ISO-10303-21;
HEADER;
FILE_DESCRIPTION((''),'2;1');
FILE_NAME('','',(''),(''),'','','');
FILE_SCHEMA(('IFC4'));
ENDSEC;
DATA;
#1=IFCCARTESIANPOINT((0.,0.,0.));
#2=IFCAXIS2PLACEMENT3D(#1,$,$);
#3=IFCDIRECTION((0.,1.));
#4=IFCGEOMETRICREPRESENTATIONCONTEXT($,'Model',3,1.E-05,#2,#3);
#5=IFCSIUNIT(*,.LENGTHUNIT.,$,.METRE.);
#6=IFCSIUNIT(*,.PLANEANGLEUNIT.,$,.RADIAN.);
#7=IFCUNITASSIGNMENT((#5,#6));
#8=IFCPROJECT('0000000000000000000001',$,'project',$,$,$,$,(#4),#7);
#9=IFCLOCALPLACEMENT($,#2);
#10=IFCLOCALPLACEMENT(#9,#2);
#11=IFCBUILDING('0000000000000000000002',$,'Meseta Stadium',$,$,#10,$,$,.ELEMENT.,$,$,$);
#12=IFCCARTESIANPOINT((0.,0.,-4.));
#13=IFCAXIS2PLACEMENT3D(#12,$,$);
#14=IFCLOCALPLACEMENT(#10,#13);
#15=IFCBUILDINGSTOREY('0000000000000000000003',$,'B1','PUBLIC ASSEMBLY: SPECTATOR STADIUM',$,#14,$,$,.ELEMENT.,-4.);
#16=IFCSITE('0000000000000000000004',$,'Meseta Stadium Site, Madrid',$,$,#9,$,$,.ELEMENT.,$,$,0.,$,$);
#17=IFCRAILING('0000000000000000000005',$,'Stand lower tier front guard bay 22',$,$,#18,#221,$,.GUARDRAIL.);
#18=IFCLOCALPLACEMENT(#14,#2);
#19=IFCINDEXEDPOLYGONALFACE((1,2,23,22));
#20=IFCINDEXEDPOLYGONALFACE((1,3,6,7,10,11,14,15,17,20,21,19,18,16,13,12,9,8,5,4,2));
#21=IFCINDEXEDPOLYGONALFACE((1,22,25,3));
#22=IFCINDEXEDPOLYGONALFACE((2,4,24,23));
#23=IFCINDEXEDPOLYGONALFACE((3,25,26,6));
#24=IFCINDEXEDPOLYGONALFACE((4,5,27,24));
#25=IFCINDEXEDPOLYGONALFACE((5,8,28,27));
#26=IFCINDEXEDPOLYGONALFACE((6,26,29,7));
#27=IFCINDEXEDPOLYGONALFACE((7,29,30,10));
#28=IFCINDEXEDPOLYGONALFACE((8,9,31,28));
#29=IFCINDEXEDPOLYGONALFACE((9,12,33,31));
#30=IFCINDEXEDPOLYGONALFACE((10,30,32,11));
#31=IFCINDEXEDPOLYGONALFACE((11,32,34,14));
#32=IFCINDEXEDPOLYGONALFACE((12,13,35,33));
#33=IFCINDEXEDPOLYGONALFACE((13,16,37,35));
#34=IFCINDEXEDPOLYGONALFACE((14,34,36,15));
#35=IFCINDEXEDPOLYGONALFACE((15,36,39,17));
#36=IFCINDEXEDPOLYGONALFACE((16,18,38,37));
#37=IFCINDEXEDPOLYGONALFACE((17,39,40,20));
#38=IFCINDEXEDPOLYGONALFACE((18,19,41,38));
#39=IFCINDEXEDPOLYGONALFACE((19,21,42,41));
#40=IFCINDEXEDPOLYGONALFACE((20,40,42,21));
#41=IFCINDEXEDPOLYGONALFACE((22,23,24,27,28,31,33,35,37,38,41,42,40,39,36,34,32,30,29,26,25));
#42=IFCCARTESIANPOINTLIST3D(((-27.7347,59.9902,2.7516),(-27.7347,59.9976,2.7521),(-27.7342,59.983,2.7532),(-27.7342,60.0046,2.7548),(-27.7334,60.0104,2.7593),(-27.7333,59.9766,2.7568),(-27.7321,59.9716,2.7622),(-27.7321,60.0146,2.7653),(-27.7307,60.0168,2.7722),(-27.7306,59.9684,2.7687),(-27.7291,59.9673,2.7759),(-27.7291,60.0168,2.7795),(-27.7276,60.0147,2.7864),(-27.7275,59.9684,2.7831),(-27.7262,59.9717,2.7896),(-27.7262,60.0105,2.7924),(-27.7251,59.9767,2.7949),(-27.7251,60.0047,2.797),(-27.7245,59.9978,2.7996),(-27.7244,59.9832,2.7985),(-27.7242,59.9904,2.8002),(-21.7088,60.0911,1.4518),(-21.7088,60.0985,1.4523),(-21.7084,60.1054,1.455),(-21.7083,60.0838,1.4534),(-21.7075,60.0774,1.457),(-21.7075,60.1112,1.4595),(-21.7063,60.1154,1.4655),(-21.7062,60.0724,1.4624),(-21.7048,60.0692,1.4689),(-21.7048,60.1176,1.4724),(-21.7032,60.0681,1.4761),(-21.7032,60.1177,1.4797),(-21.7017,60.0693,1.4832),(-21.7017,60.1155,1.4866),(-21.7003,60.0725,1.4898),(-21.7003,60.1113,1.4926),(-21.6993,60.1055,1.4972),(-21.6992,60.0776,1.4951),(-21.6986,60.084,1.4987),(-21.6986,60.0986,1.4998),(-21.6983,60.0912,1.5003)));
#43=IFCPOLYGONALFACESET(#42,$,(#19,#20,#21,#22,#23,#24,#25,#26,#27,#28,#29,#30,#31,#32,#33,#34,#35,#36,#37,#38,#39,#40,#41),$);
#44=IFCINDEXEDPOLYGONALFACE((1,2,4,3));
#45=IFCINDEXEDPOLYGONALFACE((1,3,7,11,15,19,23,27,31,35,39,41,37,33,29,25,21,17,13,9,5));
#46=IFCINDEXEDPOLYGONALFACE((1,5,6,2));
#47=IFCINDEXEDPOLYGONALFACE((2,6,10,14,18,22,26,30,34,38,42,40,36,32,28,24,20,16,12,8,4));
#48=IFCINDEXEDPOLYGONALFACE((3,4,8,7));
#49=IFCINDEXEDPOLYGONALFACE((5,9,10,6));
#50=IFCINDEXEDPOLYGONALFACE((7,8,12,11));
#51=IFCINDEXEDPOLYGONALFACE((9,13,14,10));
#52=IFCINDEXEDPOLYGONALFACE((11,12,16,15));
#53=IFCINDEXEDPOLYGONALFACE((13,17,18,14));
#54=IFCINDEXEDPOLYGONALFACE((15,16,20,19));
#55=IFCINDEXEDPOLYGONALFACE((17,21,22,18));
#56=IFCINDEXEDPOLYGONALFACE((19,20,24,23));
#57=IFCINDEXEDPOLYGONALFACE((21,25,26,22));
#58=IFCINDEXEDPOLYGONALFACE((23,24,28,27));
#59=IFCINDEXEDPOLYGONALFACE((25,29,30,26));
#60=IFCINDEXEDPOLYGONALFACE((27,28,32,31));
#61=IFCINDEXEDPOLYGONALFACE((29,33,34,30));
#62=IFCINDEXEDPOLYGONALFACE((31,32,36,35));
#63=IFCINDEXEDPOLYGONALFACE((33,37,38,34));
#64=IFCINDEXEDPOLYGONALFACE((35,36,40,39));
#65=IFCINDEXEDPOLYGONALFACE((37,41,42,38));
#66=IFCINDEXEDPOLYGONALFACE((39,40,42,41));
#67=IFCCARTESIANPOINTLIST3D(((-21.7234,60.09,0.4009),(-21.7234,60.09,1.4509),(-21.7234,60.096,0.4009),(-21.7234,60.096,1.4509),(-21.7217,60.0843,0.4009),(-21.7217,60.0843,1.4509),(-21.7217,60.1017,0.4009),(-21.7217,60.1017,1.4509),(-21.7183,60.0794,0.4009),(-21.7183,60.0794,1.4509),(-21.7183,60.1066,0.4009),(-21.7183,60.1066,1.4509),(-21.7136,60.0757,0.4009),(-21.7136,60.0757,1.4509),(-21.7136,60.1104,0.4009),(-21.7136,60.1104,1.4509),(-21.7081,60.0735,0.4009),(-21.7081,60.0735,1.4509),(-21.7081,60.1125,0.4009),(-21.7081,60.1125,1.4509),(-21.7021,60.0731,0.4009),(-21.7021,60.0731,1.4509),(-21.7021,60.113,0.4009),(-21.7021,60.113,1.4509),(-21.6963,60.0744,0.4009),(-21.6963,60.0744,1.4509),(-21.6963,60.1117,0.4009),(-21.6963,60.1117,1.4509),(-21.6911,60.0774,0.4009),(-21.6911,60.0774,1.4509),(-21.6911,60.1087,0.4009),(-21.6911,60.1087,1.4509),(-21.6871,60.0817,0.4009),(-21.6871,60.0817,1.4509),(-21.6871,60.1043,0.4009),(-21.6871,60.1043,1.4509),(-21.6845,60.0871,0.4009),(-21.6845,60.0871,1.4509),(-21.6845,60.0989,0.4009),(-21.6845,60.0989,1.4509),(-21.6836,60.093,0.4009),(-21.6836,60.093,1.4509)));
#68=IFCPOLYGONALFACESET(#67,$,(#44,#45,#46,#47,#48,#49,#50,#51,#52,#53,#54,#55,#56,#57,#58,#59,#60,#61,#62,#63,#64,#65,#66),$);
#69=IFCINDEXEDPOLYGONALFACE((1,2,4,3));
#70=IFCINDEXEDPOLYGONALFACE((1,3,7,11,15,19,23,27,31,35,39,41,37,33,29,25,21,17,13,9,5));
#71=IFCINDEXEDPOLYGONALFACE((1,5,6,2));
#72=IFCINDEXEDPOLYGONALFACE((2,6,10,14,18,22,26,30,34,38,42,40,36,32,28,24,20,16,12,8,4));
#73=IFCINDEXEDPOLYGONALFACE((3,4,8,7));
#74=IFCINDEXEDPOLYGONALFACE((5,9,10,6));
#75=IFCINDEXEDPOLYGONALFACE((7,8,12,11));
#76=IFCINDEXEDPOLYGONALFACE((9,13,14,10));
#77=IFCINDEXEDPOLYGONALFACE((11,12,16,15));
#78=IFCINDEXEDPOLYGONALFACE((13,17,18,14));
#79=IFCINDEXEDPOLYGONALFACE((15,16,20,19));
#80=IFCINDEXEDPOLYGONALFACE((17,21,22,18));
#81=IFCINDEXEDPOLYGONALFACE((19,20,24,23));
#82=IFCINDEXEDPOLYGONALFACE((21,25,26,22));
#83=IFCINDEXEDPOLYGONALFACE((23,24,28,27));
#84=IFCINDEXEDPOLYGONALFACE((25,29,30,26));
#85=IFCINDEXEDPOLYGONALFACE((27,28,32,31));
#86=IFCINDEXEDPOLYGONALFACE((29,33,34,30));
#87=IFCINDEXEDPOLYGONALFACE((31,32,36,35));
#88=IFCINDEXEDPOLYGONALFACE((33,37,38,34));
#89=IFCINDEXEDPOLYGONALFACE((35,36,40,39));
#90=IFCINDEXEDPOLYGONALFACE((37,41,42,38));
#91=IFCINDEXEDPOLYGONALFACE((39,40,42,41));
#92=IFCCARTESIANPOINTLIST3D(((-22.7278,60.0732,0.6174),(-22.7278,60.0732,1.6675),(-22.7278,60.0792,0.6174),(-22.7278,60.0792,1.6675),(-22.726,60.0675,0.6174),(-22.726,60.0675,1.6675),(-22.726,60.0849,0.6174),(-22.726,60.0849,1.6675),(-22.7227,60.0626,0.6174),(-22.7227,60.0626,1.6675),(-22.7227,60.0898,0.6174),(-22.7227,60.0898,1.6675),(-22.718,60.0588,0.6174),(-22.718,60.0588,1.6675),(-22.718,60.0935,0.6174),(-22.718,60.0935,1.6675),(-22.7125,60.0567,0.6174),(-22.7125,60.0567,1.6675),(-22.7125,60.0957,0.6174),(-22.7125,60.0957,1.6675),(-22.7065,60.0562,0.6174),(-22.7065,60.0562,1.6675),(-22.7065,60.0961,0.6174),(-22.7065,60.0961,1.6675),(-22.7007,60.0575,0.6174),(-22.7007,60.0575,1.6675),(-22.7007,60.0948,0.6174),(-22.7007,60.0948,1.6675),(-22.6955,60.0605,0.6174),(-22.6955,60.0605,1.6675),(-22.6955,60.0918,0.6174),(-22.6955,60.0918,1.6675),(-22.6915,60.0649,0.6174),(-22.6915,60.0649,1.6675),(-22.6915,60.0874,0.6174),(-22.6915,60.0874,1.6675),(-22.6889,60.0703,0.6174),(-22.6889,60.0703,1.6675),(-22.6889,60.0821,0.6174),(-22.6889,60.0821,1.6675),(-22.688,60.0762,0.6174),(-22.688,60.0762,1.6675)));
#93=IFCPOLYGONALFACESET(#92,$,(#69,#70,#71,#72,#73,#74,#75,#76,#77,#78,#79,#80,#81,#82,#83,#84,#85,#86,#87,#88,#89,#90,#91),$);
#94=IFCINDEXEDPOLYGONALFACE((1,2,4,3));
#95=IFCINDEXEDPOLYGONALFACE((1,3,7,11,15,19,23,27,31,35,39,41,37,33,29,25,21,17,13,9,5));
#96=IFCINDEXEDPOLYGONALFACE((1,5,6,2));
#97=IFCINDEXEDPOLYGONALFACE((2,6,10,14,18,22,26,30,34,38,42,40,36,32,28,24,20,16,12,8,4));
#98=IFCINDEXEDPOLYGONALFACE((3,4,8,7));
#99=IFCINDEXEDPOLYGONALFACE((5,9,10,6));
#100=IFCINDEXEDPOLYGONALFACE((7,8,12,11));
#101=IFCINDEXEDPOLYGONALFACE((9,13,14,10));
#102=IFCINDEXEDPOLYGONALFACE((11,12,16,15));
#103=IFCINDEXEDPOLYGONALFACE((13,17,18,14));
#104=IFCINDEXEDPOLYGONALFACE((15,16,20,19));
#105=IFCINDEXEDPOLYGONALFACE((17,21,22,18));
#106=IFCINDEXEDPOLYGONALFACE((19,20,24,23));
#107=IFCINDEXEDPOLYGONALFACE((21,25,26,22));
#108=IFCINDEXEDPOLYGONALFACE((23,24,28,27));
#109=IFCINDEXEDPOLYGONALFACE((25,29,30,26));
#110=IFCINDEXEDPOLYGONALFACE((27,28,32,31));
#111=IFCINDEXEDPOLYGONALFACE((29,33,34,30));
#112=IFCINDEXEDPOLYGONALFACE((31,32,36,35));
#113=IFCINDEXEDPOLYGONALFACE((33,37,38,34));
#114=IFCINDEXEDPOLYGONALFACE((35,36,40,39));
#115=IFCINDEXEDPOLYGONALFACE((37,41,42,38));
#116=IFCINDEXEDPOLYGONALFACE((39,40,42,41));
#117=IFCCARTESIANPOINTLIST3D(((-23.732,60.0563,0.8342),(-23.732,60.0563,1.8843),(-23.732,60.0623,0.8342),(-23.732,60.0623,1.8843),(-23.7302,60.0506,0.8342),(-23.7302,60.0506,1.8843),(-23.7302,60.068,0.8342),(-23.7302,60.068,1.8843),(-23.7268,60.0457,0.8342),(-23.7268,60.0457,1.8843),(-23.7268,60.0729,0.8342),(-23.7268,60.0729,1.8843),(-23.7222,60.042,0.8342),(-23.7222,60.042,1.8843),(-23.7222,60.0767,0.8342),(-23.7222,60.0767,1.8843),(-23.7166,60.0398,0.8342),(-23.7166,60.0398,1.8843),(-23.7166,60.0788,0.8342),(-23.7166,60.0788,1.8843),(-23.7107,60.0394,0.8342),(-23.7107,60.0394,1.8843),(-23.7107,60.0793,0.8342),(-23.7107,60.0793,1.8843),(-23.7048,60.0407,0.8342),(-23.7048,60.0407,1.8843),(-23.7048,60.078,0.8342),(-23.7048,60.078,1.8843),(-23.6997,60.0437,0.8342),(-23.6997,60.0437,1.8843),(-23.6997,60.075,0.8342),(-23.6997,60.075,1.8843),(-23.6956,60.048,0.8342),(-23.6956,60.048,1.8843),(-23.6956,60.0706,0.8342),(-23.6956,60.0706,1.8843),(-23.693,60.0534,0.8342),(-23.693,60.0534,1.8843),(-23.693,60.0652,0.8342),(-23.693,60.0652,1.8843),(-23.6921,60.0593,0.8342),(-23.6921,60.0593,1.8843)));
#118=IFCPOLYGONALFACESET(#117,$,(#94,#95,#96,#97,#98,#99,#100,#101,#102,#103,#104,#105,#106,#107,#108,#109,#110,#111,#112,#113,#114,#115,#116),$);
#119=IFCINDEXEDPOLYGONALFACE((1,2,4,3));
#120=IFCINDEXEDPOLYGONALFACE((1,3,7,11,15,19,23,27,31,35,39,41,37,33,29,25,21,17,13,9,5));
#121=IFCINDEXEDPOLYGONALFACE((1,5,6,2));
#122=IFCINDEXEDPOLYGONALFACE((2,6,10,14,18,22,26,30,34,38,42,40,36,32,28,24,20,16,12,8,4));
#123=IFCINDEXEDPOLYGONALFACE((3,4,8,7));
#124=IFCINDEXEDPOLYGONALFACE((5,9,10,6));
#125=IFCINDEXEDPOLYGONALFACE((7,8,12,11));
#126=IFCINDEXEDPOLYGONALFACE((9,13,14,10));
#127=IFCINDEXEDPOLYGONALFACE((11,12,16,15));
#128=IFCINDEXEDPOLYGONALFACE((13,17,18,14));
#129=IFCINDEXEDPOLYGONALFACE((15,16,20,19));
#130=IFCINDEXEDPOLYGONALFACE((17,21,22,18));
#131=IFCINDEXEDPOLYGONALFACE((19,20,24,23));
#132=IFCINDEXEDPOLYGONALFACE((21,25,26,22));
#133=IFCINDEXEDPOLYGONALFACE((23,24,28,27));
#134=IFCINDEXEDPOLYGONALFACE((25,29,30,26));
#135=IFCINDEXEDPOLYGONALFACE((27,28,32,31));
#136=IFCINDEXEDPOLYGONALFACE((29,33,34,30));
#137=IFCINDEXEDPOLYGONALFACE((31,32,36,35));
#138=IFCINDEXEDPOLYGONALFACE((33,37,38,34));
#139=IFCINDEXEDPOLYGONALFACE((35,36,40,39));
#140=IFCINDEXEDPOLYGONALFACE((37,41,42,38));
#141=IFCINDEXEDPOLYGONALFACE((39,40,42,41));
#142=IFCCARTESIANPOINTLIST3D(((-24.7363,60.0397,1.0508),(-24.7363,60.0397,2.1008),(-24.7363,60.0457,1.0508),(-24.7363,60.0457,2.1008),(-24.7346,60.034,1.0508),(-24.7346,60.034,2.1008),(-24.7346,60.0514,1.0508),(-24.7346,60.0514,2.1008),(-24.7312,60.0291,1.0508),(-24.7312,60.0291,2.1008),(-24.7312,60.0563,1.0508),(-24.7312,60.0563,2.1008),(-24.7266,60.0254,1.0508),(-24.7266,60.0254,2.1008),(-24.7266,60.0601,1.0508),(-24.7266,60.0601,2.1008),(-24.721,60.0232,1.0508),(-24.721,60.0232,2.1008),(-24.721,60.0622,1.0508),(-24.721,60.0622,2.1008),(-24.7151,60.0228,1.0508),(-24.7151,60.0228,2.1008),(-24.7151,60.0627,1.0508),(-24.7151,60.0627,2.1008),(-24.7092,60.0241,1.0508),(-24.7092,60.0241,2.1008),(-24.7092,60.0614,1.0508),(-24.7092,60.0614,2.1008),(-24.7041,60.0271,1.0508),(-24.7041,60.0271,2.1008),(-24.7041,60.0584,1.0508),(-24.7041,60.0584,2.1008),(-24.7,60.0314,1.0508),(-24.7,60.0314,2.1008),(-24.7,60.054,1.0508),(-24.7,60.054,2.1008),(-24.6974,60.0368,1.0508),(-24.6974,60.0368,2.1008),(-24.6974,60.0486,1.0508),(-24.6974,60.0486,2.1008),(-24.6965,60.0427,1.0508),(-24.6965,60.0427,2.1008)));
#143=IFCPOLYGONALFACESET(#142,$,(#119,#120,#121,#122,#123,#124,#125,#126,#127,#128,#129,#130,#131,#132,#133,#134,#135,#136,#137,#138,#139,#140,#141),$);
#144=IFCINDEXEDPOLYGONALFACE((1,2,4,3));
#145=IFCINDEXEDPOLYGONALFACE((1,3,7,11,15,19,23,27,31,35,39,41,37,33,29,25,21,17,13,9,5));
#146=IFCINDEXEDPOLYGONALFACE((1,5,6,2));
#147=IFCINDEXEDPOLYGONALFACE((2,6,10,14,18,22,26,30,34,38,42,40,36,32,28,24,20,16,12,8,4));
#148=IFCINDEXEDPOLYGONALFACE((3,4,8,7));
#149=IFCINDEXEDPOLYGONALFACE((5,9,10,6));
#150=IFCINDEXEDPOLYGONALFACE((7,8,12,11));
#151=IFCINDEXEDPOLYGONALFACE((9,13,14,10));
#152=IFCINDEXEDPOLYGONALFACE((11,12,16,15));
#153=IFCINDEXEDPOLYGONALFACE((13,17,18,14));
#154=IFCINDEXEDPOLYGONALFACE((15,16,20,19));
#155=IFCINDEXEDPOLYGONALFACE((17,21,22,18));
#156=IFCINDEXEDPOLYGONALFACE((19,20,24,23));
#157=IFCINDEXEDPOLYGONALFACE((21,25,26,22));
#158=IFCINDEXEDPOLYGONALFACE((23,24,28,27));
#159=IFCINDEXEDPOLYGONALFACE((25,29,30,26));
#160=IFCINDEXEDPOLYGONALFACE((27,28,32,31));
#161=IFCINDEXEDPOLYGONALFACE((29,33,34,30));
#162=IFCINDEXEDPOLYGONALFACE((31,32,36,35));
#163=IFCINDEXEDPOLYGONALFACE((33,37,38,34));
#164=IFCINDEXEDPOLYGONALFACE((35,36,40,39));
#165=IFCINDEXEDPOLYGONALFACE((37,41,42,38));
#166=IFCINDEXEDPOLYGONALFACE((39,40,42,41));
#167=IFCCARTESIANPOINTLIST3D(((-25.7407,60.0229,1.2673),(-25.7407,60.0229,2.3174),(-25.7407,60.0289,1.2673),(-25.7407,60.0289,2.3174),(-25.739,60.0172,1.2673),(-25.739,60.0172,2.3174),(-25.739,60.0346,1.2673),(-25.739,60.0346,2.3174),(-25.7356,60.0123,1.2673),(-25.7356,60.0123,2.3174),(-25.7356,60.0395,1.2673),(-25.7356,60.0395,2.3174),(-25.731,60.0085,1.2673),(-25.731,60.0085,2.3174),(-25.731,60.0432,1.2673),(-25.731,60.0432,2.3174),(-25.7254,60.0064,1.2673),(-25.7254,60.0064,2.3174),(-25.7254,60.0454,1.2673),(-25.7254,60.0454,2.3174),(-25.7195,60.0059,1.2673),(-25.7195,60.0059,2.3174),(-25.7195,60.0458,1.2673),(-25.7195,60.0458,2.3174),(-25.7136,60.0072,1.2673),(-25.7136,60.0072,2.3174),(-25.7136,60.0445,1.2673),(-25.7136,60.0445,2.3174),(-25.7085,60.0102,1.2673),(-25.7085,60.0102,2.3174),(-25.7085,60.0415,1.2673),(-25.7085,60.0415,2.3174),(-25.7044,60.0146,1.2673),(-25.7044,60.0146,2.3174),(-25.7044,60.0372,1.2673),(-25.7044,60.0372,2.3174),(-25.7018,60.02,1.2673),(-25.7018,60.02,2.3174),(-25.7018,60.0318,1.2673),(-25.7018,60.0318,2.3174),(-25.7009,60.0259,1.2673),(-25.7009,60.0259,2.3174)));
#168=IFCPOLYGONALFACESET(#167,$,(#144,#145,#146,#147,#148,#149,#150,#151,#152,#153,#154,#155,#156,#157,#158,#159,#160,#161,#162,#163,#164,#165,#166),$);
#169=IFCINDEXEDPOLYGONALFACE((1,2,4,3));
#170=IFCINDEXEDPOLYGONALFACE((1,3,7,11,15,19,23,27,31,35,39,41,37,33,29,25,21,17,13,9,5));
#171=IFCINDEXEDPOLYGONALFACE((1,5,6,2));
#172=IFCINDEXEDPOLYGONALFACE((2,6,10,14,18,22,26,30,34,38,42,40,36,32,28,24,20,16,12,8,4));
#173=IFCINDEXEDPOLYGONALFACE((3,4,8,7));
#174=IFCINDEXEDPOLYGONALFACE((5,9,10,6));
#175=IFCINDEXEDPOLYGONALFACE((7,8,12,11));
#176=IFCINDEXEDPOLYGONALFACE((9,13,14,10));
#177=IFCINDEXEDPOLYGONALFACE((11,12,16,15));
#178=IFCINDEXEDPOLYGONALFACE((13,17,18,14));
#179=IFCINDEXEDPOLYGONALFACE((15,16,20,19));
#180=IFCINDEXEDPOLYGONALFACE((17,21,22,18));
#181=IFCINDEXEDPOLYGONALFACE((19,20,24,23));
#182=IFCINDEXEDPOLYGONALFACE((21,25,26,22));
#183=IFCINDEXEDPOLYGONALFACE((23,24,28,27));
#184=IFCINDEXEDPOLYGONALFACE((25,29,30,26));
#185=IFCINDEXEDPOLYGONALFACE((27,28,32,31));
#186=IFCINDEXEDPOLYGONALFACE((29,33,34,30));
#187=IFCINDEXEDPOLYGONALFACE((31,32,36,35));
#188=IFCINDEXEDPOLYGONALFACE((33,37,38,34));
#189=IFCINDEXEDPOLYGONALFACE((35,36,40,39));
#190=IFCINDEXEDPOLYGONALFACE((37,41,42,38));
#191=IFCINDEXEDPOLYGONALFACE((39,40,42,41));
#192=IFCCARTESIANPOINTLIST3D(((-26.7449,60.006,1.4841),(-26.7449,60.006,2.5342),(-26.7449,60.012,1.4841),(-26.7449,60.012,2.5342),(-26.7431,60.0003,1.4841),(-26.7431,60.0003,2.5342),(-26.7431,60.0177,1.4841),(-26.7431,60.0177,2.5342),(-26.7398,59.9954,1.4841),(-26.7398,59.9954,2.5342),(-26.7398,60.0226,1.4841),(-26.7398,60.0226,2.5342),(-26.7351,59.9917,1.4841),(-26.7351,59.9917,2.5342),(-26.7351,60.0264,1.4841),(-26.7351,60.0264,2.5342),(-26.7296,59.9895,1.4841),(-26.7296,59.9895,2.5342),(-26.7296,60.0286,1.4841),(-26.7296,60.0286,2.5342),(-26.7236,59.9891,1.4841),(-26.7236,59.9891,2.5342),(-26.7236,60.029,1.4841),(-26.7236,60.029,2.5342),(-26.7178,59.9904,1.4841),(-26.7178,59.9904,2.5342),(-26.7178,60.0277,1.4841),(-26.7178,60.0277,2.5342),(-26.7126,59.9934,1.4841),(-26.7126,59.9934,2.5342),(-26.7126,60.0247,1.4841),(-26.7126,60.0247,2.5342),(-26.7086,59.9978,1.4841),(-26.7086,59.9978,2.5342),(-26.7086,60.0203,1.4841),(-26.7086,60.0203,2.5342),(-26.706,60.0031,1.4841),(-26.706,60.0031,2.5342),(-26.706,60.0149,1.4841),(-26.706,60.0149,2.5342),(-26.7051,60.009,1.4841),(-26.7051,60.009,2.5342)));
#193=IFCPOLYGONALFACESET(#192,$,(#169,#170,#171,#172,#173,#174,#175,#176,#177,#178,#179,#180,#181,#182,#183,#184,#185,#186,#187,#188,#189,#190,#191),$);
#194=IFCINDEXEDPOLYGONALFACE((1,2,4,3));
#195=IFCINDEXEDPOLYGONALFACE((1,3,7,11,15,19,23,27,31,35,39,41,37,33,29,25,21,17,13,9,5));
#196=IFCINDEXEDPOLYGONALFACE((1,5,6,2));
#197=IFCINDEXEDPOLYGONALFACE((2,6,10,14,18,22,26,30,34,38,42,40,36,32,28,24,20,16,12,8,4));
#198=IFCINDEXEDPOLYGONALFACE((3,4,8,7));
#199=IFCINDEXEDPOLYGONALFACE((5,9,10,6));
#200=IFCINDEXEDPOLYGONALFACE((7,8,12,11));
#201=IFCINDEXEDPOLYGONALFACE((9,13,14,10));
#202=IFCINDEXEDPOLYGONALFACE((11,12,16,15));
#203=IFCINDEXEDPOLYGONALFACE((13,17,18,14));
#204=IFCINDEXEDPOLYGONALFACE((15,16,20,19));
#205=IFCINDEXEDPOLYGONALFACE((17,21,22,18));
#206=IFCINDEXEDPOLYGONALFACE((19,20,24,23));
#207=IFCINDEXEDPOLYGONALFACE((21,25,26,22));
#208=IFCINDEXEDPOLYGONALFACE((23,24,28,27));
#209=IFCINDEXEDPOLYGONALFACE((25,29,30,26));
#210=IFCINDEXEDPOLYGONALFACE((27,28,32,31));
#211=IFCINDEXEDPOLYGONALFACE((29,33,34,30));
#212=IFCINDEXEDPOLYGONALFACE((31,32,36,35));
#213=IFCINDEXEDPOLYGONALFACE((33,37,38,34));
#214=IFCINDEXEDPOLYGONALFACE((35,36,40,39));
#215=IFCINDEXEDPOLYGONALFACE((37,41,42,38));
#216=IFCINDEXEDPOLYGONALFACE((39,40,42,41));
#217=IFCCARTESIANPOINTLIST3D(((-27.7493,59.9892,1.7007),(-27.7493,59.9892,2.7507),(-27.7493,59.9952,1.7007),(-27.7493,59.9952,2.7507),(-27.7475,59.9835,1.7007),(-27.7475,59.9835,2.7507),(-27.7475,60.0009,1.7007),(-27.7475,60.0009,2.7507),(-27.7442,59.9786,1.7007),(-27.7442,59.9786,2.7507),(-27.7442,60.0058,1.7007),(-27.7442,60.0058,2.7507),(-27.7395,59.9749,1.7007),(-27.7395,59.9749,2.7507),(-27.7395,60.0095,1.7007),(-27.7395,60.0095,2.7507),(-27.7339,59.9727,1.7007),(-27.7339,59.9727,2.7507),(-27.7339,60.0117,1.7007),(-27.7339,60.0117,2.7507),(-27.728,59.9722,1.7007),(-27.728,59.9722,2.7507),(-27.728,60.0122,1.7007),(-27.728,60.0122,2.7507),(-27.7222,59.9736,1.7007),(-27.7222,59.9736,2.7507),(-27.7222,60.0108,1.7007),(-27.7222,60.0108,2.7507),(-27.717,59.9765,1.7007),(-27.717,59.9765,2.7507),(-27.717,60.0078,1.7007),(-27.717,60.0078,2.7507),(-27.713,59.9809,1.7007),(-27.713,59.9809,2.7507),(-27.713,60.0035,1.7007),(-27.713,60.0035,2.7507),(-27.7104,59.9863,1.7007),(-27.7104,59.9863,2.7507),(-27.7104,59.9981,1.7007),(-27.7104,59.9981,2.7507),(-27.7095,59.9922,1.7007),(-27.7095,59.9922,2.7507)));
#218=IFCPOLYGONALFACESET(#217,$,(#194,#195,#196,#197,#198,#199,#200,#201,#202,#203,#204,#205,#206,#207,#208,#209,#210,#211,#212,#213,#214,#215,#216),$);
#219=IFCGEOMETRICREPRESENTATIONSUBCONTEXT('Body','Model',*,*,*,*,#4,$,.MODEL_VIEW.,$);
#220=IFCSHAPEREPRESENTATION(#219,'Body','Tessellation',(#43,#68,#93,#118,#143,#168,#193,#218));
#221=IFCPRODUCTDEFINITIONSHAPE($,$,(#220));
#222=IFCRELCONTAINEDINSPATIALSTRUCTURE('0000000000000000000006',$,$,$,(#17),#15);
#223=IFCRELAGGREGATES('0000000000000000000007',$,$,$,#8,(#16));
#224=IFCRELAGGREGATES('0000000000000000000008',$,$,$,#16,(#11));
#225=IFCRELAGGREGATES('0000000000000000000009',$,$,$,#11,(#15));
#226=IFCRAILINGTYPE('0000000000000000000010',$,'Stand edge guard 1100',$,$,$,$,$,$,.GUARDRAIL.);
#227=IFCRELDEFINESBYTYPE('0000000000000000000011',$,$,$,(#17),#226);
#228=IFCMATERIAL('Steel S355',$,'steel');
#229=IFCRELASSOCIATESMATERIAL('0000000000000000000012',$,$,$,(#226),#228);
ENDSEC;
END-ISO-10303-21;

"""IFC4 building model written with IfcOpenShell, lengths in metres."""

from ifc_helpers import new_model, si_unit, direction, frame, origin, origin_2d, place, context, subcontext, project, spatial, circle, extrude, material, type_object, element, save


model = new_model("IFC4")

# Units and contexts
model_context = context("Model", 3, precision=1e-05, world=origin(), true_north=direction((0.0, 1.0)))
body_context = subcontext(model_context, "Body", "Model", "MODEL_VIEW")
ifc_project = project(units=[si_unit("LENGTHUNIT", "METRE"), si_unit("PLANEANGLEUNIT", "RADIAN")], contexts=[model_context])

# Site, building, storey
site_placement = place(None, origin())
site = spatial("IfcSite", under=ifc_project, at=site_placement, Name="Meseta Stadium Site, Madrid", CompositionType="ELEMENT", RefElevation=0.0)
building_placement = place(site_placement, origin())
building = spatial("IfcBuilding", under=site, at=building_placement, Name="Meseta Stadium", CompositionType="ELEMENT")
storey_placement = place(building_placement, frame((0.0, 0.0, -4.0)))
storey = spatial("IfcBuildingStorey", under=building, at=storey_placement, Name="B1", Description="PUBLIC ASSEMBLY: SPECTATOR STADIUM", CompositionType="ELEMENT", Elevation=-4.0)

# Railing
ifc_material_1 = material(Name="Steel S355", Category="steel")
railing_type = type_object("IfcRailingType", Name="Stand edge guard 1100", PredefinedType="GUARDRAIL", material=ifc_material_1)
railing_1_placement = place(storey_placement, frame((-21.7036, 60.093, 0.4009)))
element("IfcRailing", 1, at=railing_1_placement, inside=storey, type_object=railing_type, Name="Stand lower tier front guard bay 22", PredefinedType="GUARDRAIL", context=body_context, shape_type="SweptSolid", body=[
    extrude(circle(Radius=0.0249, at=origin_2d()), frame((0.0, 0.0, 1.0752), z_axis=(-0.977387, -0.016354, 0.210826), x_axis=(0.01673, -0.99986, 0.0)), (0.0, 0.0, 1.0), 6.1653),
    extrude(circle(Radius=0.02, at=origin_2d()), origin(), (0.0, 0.0, 1.0), 1.05),
    extrude(circle(Radius=0.02, at=origin_2d()), frame((-1.0044, -0.0168, 0.2166)), (0.0, 0.0, 1.0), 1.05),
    extrude(circle(Radius=0.02, at=origin_2d()), frame((-2.0085, -0.0337, 0.4333)), (0.0, 0.0, 1.0), 1.05),
    extrude(circle(Radius=0.02, at=origin_2d()), frame((-3.0129, -0.0503, 0.6499)), (0.0, 0.0, 1.0), 1.05),
    extrude(circle(Radius=0.02, at=origin_2d()), frame((-4.0173, -0.0671, 0.8665)), (0.0, 0.0, 1.0), 1.05),
    extrude(circle(Radius=0.02, at=origin_2d()), frame((-5.0215, -0.084, 1.0833)), (0.0, 0.0, 1.0), 1.05),
    extrude(circle(Radius=0.02, at=origin_2d()), frame((-6.0259, -0.1008, 1.2998)), (0.0, 0.0, 1.0), 1.05),
])

save(model, "model.ifc")
